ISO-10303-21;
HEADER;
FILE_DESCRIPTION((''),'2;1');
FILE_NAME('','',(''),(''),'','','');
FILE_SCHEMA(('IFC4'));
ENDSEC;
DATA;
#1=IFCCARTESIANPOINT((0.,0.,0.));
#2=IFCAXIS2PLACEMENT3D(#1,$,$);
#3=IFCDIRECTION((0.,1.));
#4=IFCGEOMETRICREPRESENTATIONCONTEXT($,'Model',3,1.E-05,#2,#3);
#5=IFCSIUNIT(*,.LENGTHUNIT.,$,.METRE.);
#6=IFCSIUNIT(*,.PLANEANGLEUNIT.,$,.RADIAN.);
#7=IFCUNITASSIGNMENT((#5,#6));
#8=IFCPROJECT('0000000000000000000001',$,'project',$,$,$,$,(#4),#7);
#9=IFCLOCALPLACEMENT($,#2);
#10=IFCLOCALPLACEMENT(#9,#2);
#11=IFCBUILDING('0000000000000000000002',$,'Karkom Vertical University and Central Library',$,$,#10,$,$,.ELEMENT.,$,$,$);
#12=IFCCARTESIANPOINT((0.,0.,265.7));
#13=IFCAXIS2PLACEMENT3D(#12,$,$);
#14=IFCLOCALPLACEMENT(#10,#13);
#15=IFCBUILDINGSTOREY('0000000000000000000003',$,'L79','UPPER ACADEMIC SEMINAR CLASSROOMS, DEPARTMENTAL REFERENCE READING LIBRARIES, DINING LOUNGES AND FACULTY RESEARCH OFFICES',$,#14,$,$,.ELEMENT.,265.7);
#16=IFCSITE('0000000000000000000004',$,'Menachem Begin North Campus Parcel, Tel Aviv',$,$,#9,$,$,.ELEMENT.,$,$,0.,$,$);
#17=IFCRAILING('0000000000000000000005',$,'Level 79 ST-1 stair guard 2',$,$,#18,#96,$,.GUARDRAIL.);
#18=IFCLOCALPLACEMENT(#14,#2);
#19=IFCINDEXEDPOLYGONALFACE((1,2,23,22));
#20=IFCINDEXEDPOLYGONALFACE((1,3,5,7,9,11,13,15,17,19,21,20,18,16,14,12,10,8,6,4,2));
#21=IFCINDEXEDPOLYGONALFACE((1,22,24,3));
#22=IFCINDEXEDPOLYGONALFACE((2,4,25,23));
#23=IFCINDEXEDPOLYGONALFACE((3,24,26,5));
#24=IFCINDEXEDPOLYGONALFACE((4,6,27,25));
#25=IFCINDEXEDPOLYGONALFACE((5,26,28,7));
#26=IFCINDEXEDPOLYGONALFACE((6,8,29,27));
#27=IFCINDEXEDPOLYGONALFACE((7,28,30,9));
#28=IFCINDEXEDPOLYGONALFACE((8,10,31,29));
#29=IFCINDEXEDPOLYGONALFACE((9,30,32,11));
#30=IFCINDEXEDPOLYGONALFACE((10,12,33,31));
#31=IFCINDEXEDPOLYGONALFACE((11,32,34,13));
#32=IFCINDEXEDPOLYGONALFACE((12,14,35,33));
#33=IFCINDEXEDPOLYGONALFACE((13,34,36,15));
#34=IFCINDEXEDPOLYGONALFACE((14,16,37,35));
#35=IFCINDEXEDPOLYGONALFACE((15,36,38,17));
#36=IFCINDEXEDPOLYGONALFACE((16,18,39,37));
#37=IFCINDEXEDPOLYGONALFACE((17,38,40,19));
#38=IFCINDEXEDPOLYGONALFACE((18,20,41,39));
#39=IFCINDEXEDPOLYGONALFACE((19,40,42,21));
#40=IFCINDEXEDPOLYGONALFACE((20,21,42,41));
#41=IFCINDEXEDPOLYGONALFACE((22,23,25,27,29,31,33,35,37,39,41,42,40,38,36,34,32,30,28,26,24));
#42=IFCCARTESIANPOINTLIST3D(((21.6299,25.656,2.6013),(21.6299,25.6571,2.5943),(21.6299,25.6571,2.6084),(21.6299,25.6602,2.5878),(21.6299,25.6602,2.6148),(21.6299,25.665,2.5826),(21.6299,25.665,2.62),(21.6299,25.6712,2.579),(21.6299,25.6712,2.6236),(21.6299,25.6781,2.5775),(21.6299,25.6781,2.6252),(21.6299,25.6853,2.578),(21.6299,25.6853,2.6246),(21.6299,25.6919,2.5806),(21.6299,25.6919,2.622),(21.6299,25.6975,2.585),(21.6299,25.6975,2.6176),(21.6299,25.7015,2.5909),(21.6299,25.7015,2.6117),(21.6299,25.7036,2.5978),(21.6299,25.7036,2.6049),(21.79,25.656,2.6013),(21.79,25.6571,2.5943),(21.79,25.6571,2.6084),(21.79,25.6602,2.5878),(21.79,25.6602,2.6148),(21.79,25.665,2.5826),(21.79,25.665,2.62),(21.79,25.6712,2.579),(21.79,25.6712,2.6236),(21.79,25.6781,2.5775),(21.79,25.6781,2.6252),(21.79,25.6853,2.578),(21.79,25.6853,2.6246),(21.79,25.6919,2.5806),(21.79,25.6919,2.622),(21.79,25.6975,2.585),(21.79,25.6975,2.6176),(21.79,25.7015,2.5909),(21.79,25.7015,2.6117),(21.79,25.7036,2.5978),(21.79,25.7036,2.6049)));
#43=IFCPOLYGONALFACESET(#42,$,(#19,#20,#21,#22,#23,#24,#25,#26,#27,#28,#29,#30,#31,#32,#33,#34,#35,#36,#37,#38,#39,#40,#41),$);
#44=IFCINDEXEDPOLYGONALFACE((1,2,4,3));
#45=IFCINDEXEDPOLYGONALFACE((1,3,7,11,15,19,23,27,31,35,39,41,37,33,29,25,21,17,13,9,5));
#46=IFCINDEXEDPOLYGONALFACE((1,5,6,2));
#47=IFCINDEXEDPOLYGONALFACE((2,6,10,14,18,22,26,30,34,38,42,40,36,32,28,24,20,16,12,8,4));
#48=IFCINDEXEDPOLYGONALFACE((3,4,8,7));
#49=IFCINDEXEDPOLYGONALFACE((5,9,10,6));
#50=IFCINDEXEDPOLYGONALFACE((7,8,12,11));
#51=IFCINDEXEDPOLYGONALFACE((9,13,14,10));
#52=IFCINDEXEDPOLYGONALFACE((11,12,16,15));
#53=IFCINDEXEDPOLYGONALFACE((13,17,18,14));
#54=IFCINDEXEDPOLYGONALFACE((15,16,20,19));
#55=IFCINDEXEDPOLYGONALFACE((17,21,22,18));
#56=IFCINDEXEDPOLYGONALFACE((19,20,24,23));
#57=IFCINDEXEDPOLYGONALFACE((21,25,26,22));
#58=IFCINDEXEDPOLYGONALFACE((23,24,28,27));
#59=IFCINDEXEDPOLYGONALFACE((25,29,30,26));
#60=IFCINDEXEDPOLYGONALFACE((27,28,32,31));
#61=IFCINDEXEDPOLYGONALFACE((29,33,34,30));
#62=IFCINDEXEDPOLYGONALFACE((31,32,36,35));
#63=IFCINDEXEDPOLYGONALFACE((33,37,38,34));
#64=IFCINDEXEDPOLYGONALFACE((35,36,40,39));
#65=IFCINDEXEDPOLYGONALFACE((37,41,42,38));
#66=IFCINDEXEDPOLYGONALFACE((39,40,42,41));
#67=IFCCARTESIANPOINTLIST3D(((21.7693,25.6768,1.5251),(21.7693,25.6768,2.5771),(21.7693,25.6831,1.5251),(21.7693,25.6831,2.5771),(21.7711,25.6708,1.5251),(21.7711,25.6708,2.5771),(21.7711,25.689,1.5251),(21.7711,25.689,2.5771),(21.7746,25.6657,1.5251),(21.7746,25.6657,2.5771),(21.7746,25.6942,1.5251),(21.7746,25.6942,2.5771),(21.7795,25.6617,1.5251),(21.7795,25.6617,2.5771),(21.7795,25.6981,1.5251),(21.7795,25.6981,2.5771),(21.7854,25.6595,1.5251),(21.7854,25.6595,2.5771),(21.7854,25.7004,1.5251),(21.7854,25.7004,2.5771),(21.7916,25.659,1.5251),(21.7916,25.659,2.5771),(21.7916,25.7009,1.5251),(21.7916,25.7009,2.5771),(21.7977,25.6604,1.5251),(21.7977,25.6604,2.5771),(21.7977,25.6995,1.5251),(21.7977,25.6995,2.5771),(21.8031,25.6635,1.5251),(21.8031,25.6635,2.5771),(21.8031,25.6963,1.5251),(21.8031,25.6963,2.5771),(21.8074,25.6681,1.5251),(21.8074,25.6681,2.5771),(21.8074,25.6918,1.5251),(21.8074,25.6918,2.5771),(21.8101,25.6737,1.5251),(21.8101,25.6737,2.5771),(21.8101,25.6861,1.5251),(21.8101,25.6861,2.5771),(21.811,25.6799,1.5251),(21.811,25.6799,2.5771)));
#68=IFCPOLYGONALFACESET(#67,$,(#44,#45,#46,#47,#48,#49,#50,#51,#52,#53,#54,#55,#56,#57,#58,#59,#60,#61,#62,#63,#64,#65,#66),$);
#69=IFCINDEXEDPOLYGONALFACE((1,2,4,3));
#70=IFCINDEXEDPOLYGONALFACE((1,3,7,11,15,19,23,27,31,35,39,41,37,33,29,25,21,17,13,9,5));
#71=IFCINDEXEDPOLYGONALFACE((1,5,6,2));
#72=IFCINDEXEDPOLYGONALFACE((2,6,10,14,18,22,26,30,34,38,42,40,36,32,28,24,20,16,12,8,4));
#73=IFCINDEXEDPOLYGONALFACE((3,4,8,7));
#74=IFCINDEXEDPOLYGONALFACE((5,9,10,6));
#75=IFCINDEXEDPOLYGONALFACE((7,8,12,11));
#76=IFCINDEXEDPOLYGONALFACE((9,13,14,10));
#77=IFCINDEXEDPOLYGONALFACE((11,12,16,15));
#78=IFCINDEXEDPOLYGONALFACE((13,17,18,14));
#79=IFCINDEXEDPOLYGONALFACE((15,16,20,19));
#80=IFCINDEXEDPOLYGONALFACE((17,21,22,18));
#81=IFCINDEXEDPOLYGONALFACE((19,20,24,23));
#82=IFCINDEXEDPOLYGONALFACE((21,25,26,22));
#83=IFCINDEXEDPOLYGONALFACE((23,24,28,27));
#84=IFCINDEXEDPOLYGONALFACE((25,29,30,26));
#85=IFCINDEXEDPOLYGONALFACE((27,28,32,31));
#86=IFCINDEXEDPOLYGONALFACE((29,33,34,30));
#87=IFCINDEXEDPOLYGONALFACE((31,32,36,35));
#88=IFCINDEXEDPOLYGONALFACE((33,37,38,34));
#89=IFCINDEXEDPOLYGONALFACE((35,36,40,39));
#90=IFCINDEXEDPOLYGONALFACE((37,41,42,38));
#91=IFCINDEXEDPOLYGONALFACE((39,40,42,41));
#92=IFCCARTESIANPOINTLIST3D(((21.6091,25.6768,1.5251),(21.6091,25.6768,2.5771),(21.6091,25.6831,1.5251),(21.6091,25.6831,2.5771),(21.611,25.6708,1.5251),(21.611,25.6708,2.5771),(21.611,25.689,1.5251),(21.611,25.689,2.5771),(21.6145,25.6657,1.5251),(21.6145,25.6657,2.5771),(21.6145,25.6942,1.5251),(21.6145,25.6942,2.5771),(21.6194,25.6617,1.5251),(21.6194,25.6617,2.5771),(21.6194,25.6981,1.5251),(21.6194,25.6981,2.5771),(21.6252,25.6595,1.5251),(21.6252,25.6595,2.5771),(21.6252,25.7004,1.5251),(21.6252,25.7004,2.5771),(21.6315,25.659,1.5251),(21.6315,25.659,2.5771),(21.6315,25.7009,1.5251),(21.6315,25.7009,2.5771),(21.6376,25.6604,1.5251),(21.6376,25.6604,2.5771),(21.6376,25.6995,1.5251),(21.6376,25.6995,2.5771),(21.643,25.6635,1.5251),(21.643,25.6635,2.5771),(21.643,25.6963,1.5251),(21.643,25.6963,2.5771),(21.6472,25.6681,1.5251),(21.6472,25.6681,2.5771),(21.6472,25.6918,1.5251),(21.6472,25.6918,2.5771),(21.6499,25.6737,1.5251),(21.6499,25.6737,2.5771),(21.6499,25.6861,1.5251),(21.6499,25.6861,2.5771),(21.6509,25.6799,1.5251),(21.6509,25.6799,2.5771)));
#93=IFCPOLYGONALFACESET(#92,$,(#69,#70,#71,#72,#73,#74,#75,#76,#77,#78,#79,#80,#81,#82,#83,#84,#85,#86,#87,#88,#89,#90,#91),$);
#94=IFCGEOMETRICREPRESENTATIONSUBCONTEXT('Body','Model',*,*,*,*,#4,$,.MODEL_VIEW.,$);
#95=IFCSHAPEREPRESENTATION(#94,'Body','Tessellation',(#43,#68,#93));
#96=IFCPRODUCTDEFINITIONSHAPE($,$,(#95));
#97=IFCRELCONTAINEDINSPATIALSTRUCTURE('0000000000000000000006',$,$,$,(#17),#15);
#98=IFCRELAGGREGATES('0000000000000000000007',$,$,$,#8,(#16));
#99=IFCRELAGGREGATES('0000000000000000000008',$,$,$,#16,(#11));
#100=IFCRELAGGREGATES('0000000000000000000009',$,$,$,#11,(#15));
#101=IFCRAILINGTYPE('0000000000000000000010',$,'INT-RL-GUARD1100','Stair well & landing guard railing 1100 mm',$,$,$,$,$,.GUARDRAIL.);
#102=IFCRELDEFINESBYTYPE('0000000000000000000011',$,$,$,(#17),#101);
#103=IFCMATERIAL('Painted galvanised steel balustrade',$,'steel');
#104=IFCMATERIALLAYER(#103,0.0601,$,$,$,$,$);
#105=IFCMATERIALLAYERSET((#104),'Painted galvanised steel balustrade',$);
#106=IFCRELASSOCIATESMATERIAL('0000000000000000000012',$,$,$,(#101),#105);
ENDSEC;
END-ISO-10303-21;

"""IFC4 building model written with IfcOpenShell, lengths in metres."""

from ifc_helpers import new_model, si_unit, direction, frame, origin, origin_2d, place, context, subcontext, project, spatial, circle, extrude, material, layer, layer_set, type_object, element, save


model = new_model("IFC4")

# Units and contexts
model_context = context("Model", 3, precision=1e-05, world=origin(), true_north=direction((0.0, 1.0)))
body_context = subcontext(model_context, "Body", "Model", "MODEL_VIEW")
ifc_project = project(units=[si_unit("LENGTHUNIT", "METRE"), si_unit("PLANEANGLEUNIT", "RADIAN")], contexts=[model_context])

# Site, building, storey
site_placement = place(None, origin())
site = spatial("IfcSite", under=ifc_project, at=site_placement, Name="Menachem Begin North Campus Parcel, Tel Aviv", CompositionType="ELEMENT", RefElevation=0.0)
building_placement = place(site_placement, origin())
building = spatial("IfcBuilding", under=site, at=building_placement, Name="Karkom Vertical University and Central Library", CompositionType="ELEMENT")
storey_placement = place(building_placement, frame((0.0, 0.0, 265.7)))
storey = spatial("IfcBuildingStorey", under=building, at=storey_placement, Name="L79", Description="UPPER ACADEMIC SEMINAR CLASSROOMS, DEPARTMENTAL REFERENCE READING LIBRARIES, DINING LOUNGES AND FACULTY RESEARCH OFFICES", CompositionType="ELEMENT", Elevation=265.7)

# Railing
ifc_material_1 = material(Name="Painted galvanised steel balustrade", Category="steel")
ifc_layer_1 = layer(ifc_material_1, 0.0601)
ifc_layer_set_1 = layer_set([ifc_layer_1], Name="Painted galvanised steel balustrade")
railing_type_1 = type_object("IfcRailingType", Name="INT-RL-GUARD1100", Description="Stair well & landing guard railing 1100 mm", PredefinedType="GUARDRAIL", material=ifc_layer_set_1)
railing_1_placement = place(storey_placement, frame((21.79, 25.6799, 1.5251)))
element("IfcRailing", 1, at=railing_1_placement, inside=storey, type_object=railing_type_1, Name="Level 79 ST-1 stair guard 2", PredefinedType="GUARDRAIL", context=body_context, shape_type="SweptSolid", body=[
    extrude(circle(Radius=0.0239, at=origin_2d()), frame((0.0, 0.0, 1.0762), z_axis=(-1.0, 0.0, 0.0), x_axis=(0.0, -1.0, 0.0)), (0.0, 0.0, 1.0), 0.1602),
    extrude(circle(Radius=0.021, at=origin_2d()), origin(), (0.0, 0.0, 1.0), 1.052),
    extrude(circle(Radius=0.021, at=origin_2d()), frame((-0.1602, 0.0, 0.0)), (0.0, 0.0, 1.0), 1.052),
])

save(model, "model.ifc")
